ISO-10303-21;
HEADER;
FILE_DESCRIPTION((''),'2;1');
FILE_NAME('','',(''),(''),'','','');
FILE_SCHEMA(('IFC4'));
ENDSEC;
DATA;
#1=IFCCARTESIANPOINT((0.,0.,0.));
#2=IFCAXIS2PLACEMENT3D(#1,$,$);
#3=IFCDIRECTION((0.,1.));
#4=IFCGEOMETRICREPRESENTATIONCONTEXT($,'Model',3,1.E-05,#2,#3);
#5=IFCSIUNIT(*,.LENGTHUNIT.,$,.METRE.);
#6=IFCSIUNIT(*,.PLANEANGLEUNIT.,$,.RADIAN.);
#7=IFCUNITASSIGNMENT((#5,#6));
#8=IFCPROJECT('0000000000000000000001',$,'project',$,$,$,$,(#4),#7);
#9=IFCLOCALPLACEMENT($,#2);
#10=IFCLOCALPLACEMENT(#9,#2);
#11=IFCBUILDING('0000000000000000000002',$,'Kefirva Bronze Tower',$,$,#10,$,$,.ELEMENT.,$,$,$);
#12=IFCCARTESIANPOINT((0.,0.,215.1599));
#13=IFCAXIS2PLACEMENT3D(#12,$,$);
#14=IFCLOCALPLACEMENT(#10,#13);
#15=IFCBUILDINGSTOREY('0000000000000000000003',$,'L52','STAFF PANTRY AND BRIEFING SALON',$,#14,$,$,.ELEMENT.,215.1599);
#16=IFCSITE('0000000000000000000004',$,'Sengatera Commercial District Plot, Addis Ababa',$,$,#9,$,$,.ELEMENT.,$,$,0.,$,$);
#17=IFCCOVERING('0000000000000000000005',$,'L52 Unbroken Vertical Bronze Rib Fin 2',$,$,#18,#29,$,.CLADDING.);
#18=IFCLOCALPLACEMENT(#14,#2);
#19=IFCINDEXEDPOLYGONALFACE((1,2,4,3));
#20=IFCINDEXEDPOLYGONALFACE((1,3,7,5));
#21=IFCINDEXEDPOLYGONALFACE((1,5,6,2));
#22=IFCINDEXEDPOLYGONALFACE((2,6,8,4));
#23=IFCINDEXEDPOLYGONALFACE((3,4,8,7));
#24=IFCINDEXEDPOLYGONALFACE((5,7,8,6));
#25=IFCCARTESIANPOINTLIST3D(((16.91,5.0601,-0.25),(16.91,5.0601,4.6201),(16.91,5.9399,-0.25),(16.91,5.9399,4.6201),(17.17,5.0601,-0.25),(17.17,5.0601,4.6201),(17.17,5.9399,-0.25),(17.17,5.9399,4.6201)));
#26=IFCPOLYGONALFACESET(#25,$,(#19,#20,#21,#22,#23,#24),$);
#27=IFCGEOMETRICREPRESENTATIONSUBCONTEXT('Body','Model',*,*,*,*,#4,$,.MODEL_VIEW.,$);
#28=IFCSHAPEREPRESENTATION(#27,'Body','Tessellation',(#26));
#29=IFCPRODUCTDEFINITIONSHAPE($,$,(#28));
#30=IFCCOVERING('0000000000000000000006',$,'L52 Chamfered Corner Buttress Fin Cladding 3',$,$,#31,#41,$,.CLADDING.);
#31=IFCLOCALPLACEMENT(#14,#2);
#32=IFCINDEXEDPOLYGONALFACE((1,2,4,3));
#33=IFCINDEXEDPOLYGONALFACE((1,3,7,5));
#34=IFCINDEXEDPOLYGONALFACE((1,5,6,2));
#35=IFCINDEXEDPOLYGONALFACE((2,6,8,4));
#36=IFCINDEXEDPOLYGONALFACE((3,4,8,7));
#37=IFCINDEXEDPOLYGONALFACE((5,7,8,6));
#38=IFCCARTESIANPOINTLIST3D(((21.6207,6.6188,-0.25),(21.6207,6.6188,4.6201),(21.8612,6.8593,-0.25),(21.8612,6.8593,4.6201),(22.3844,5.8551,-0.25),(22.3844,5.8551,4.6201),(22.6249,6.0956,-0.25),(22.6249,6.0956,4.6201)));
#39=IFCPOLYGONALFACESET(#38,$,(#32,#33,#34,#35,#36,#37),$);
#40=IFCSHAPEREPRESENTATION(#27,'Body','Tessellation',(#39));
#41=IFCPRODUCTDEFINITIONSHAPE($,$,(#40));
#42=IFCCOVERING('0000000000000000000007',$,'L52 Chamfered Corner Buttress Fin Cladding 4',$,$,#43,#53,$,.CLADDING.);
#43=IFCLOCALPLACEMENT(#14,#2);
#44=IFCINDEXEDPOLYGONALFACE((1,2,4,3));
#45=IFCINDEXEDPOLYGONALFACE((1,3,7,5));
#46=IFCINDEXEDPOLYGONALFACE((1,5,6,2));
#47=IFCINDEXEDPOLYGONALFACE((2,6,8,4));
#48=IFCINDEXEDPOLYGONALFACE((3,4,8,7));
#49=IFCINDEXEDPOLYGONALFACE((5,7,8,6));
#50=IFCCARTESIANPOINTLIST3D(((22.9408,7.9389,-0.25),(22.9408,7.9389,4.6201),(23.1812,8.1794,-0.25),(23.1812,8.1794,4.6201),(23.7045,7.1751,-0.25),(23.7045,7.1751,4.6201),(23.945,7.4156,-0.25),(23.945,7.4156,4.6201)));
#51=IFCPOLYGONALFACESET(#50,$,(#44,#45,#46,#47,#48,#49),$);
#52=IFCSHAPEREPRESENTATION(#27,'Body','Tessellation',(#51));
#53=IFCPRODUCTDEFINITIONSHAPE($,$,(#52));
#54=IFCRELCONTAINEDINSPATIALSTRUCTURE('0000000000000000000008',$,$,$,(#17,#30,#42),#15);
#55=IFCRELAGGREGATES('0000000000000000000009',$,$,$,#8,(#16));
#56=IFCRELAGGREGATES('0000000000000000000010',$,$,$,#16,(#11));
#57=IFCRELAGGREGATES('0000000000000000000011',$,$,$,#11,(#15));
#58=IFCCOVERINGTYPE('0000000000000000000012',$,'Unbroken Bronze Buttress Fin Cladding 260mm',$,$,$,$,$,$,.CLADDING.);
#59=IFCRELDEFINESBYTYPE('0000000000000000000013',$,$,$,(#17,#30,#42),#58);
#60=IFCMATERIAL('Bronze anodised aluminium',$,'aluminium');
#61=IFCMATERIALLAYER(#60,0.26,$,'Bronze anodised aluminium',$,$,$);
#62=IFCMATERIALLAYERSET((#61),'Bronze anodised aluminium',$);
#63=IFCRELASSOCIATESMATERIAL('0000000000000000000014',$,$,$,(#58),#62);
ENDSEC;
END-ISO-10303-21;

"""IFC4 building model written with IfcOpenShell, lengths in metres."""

from ifc_helpers import new_model, si_unit, direction, frame, origin, origin_2d, place, context, subcontext, project, spatial, rectangle, extrude, material, layer, layer_set, type_object, element, save


model = new_model("IFC4")

# Units and contexts
model_context = context("Model", 3, precision=1e-05, world=origin(), true_north=direction((0.0, 1.0)))
body_context = subcontext(model_context, "Body", "Model", "MODEL_VIEW")
ifc_project = project(units=[si_unit("LENGTHUNIT", "METRE"), si_unit("PLANEANGLEUNIT", "RADIAN")], contexts=[model_context])

# Site, building, storey
site_placement = place(None, origin())
site = spatial("IfcSite", under=ifc_project, at=site_placement, Name="Sengatera Commercial District Plot, Addis Ababa", CompositionType="ELEMENT", RefElevation=0.0)
building_placement = place(site_placement, origin())
building = spatial("IfcBuilding", under=site, at=building_placement, Name="Kefirva Bronze Tower", CompositionType="ELEMENT")
storey_placement = place(building_placement, frame((0.0, 0.0, 215.1599)))
storey = spatial("IfcBuildingStorey", under=building, at=storey_placement, Name="L52", Description="STAFF PANTRY AND BRIEFING SALON", CompositionType="ELEMENT", Elevation=215.1599)

# Shared definitions
ifc_material_1 = material(Name="Bronze anodised aluminium", Category="aluminium")

# Coverings
ifc_layer_1 = layer(ifc_material_1, 0.26, Name="Bronze anodised aluminium")
ifc_layer_set_1 = layer_set([ifc_layer_1], Name="Bronze anodised aluminium")
covering_type_1 = type_object("IfcCoveringType", Name="Unbroken Bronze Buttress Fin Cladding 260mm", PredefinedType="CLADDING", material=ifc_layer_set_1)
covering_1_placement = place(storey_placement, frame((17.04, 5.5, -0.25), z_axis=(0.0, 0.0, 1.0), x_axis=(1.0, 0.0, 0.0)))
element("IfcCovering", 1, at=covering_1_placement, inside=storey, type_object=covering_type_1, Name="L52 Unbroken Vertical Bronze Rib Fin 2", PredefinedType="CLADDING", context=body_context, shape_type="SweptSolid", body=[
    extrude(rectangle(XDim=0.26, YDim=0.8799, at=origin_2d()), origin(), (0.0, 0.0, 1.0), 4.8701),
])
for number, where, z_axis, x_axis, name in (
    (2, (22.1228, 6.3572, -0.25), (0.0, 0.0, 1.0), (0.707107, 0.707107, 0.0), "L52 Chamfered Corner Buttress Fin Cladding 3"),
    (3, (23.4429, 7.6772, -0.25), (0.0, 0.0, 1.0), (0.707107, 0.707107, 0.0), "L52 Chamfered Corner Buttress Fin Cladding 4"),
):
    element("IfcCovering", number, at=place(storey_placement, frame(where, z_axis=z_axis, x_axis=x_axis)), inside=storey, type_object=covering_type_1, Name=name, PredefinedType="CLADDING", context=body_context, shape_type="SweptSolid", body=[
        extrude(rectangle(XDim=0.3401, YDim=1.0801, at=origin_2d()), origin(), (0.0, 0.0, 1.0), 4.8701),
    ])

save(model, "model.ifc")
